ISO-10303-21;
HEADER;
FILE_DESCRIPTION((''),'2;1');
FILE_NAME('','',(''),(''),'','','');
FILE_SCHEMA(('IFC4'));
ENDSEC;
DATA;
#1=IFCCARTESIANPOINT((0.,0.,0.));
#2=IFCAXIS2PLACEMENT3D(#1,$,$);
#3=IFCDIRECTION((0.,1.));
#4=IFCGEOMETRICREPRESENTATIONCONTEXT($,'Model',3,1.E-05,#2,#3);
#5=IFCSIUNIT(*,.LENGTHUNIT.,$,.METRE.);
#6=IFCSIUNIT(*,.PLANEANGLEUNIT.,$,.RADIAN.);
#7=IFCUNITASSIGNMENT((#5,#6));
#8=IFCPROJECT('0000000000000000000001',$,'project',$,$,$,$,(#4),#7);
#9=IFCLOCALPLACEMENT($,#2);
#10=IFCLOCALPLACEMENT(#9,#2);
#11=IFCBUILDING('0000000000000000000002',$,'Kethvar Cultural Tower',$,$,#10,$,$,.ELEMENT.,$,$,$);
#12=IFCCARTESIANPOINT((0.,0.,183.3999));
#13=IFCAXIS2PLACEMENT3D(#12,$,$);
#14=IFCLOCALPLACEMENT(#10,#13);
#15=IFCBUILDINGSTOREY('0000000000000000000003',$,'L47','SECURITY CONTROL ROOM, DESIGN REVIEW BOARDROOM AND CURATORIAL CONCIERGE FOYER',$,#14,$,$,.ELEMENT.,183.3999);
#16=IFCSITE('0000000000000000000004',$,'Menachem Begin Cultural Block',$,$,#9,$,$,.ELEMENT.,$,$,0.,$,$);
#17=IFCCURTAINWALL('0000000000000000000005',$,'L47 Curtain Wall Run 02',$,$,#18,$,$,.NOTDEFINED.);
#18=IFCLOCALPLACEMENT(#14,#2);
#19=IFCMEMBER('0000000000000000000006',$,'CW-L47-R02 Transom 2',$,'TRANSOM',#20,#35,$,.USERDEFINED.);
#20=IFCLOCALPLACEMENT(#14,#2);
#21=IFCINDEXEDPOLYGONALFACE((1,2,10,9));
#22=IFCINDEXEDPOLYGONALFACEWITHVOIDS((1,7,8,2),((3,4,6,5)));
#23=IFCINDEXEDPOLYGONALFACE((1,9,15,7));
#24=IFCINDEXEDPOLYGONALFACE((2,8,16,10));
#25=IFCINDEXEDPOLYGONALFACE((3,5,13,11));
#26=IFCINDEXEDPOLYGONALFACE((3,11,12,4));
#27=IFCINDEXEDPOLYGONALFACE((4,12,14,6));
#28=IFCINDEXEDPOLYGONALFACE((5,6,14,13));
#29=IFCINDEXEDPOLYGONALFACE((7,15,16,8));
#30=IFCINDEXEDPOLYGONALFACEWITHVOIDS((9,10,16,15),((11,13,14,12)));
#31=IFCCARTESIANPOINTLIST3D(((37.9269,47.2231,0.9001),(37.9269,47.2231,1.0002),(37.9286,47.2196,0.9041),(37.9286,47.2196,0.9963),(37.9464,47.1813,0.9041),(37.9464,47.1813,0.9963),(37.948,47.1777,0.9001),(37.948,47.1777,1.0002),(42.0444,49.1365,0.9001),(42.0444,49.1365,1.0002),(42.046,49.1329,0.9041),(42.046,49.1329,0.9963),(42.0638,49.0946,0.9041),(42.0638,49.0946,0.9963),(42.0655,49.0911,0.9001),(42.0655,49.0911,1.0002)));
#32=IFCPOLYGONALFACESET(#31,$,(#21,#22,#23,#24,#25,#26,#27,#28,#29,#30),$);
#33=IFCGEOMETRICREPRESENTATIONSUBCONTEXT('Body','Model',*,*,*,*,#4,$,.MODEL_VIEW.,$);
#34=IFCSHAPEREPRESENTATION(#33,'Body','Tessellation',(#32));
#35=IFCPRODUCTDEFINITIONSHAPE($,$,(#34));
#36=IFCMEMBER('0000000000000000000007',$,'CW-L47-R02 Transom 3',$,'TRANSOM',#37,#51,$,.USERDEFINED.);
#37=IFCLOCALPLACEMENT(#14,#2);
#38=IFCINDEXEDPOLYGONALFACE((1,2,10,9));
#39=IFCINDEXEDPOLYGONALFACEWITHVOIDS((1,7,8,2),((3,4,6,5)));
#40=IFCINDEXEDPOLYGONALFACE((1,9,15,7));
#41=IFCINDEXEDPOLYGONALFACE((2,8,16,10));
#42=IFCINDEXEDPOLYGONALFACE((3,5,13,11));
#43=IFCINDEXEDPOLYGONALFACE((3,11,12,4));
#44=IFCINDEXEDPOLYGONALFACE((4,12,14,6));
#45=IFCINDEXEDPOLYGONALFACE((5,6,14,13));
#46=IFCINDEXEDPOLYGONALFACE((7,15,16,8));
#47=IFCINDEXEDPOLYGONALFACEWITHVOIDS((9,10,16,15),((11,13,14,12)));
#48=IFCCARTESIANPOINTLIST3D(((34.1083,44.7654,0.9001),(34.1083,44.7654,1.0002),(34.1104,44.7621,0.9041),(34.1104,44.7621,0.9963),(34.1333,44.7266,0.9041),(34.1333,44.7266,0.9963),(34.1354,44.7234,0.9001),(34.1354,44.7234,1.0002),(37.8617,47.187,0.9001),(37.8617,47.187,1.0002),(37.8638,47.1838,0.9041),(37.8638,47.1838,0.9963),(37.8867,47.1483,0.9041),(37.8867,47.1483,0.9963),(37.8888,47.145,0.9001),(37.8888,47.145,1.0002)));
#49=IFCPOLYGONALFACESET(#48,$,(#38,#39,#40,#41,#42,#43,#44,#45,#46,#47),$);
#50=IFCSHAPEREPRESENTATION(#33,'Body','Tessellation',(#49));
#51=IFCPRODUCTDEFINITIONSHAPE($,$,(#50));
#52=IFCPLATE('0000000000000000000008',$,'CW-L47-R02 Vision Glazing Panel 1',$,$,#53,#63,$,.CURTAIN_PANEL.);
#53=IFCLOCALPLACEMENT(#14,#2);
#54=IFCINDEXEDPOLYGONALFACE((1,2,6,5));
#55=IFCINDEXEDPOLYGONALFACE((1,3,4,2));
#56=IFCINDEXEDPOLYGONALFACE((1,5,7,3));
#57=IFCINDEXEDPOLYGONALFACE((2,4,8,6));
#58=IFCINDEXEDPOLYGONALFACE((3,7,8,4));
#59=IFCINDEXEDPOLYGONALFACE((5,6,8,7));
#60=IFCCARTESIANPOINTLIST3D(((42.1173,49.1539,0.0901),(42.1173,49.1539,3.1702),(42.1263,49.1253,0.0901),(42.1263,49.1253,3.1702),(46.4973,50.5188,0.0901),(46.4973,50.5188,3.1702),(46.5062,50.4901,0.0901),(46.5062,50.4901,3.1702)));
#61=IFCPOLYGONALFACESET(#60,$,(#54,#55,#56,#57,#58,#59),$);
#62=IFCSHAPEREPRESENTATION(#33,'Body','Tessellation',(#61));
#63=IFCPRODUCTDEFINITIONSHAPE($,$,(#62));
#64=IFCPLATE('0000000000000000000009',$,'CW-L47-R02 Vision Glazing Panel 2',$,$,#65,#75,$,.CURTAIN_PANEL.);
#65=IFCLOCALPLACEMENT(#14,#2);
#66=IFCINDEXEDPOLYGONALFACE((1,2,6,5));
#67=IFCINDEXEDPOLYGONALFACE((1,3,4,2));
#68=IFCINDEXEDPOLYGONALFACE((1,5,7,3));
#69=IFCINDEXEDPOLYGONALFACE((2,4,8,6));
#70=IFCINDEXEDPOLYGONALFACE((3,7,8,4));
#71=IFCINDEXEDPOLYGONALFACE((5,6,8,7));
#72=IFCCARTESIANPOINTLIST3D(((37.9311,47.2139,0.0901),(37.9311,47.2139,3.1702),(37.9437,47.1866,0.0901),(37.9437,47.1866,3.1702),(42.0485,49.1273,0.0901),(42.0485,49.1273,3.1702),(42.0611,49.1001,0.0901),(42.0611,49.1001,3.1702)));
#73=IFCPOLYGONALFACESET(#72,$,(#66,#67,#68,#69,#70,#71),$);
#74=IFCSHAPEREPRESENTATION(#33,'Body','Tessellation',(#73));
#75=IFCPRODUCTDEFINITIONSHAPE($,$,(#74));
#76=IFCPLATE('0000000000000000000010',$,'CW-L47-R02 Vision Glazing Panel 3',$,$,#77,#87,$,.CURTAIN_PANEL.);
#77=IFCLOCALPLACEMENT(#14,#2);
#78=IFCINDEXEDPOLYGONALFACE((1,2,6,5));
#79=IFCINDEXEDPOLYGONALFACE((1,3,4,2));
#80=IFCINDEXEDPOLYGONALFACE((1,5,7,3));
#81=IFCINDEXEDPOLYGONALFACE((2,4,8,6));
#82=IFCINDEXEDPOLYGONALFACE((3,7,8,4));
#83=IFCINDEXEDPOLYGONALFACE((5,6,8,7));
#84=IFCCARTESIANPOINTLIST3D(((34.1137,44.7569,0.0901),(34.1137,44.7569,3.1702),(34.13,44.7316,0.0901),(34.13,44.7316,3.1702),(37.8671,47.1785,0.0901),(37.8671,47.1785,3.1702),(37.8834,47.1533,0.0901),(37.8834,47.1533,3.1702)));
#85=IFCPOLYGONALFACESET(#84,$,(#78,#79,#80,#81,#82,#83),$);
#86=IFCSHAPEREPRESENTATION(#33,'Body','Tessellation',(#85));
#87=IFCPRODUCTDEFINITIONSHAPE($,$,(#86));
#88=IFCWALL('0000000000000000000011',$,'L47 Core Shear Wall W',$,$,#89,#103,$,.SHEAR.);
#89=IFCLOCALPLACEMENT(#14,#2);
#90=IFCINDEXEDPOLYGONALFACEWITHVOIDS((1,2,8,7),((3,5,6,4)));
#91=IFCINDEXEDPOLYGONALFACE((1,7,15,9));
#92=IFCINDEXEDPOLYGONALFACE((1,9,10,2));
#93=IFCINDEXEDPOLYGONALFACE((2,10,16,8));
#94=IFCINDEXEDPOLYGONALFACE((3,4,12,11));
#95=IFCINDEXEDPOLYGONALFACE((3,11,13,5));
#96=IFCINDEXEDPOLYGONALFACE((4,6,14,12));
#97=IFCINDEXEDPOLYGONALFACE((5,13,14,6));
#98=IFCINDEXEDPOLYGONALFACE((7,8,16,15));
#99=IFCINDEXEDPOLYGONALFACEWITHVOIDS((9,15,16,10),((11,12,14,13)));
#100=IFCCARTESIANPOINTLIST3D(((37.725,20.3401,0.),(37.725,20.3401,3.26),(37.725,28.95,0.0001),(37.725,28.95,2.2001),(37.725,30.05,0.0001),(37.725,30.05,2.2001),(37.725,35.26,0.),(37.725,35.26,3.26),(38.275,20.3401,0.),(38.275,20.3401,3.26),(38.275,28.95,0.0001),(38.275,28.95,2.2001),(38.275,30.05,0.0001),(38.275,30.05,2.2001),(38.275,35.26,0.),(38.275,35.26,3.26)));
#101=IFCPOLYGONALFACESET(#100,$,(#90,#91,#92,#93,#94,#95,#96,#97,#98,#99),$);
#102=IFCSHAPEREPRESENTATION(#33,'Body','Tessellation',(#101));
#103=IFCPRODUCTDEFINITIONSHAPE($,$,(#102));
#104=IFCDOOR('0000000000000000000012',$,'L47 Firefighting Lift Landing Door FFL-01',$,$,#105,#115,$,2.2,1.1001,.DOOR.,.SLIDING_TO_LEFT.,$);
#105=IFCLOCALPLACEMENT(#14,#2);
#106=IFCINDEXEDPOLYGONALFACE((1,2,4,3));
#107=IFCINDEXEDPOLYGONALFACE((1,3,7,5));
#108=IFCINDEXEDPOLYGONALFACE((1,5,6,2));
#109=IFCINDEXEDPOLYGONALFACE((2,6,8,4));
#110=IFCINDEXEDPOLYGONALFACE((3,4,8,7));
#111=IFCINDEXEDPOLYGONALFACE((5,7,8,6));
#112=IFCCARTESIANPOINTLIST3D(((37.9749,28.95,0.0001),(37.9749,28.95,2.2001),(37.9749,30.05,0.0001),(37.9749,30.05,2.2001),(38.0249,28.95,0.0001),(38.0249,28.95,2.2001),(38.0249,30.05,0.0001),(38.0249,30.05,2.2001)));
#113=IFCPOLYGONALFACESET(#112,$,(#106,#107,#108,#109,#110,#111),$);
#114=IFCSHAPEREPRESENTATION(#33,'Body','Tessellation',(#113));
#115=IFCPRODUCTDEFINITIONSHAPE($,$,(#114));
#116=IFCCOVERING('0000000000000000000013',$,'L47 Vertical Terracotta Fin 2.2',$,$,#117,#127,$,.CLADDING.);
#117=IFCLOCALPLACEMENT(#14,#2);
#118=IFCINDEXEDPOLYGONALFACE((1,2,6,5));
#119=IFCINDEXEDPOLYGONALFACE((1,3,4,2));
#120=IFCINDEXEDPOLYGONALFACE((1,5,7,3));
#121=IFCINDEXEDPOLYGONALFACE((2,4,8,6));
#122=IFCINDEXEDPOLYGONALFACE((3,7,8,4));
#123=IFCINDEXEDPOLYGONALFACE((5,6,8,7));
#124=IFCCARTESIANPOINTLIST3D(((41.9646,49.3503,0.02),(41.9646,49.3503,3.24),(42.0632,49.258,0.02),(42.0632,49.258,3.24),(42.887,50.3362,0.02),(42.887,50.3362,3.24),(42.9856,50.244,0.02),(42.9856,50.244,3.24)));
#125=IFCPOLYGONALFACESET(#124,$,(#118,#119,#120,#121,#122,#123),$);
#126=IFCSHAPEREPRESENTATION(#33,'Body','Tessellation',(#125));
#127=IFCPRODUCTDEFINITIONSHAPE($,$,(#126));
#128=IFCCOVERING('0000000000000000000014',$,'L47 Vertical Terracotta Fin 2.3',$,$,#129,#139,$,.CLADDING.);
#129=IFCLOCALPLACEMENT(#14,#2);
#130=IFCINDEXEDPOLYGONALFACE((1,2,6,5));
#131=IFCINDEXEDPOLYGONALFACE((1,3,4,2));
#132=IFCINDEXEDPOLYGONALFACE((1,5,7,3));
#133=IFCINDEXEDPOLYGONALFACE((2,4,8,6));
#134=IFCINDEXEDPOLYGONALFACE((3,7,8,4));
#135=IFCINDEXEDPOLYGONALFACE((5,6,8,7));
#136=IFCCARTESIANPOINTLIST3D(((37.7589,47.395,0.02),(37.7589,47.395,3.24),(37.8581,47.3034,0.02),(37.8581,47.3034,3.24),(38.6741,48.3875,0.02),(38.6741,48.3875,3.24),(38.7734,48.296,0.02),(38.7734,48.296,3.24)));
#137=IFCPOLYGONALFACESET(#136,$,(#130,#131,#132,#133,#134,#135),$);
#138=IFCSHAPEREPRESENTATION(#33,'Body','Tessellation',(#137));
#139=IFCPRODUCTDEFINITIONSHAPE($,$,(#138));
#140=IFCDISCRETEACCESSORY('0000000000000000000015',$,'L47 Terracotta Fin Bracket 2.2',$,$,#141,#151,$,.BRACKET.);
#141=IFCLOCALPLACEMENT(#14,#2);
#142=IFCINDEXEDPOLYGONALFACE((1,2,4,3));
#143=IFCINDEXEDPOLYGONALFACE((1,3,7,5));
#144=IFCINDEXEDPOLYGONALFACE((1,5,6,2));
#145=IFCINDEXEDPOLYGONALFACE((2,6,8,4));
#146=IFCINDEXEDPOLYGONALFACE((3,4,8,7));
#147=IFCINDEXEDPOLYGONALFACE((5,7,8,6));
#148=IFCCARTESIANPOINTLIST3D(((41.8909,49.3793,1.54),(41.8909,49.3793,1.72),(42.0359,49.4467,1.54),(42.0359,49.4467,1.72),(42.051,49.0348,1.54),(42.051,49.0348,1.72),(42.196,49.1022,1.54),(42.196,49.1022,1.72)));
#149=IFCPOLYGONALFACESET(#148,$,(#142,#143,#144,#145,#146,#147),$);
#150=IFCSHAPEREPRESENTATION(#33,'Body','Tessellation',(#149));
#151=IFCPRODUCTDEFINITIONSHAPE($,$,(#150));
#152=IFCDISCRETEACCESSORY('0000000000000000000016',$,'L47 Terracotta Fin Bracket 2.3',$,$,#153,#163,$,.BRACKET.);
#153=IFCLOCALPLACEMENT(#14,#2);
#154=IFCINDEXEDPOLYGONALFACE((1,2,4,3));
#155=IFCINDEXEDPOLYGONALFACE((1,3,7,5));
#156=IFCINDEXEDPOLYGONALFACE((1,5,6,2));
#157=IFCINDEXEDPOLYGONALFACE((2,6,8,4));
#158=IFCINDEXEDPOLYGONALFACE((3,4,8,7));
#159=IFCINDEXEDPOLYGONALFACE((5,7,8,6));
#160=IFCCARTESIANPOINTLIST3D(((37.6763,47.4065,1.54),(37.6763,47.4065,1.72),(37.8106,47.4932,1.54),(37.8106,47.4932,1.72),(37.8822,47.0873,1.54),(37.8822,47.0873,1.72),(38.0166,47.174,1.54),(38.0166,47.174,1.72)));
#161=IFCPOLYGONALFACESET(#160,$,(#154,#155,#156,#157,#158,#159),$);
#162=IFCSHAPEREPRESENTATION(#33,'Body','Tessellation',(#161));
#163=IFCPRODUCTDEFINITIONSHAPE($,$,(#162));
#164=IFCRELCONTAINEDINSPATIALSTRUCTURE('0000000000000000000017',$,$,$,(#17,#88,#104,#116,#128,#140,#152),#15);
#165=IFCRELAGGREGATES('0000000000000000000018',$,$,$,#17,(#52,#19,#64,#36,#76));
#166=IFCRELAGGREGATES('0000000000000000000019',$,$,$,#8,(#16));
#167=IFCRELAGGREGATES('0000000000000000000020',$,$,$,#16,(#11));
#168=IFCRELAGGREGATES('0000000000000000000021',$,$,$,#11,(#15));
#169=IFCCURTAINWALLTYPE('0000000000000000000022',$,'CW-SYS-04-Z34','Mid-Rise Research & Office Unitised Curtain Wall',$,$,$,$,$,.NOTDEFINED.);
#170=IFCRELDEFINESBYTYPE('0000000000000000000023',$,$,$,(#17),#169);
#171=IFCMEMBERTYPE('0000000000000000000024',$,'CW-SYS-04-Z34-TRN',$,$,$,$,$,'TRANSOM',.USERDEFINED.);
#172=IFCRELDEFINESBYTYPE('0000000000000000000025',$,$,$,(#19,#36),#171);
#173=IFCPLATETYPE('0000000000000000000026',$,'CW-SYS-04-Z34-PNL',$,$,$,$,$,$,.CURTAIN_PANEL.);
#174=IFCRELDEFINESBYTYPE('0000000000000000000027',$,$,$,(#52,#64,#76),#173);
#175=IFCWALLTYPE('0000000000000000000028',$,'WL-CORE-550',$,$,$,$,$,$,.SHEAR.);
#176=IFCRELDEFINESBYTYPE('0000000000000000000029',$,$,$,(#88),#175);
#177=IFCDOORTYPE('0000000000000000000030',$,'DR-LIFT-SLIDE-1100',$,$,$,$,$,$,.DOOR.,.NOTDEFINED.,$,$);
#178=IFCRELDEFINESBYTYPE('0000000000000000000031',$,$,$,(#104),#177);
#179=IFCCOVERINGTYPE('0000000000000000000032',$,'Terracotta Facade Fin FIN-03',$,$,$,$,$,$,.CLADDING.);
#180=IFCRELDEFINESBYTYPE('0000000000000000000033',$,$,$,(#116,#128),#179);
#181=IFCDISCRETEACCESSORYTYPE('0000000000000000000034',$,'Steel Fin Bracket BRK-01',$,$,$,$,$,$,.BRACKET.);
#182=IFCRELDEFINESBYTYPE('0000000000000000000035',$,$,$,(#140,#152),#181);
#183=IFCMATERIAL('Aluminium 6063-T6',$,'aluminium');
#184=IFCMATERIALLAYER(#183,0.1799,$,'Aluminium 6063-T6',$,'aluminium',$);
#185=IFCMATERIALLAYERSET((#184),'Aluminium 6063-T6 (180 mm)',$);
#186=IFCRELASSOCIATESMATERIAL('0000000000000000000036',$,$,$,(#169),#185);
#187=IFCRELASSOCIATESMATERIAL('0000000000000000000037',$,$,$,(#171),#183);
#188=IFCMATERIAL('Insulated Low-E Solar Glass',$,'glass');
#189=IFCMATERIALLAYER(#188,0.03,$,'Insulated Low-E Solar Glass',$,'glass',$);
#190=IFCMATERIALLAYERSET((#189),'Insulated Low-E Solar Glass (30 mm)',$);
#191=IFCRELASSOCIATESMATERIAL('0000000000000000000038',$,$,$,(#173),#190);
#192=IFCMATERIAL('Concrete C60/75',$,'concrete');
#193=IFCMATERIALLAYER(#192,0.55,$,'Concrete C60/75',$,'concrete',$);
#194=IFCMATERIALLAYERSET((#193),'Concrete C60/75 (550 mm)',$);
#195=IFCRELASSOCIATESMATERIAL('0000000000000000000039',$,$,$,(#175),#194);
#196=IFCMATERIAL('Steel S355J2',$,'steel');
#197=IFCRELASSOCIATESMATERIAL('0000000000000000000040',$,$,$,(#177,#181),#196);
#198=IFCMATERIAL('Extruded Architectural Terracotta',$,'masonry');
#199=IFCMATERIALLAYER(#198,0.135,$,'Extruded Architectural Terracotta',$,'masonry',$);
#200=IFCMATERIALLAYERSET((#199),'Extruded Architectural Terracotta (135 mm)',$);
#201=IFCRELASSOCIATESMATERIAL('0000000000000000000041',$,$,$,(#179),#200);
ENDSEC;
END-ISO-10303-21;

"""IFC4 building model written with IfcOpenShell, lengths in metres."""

from ifc_helpers import new_model, si_unit, direction, frame, frame_2d, origin, origin_2d, place, context, subcontext, project, spatial, rectangle, hollow_rectangle, extrude, source, transform, mapped, material, layer, layer_set, material_profile, profile_set, type_object, element, fill, aggregate, save


model = new_model("IFC4")

# Units and contexts
model_context = context("Model", 3, precision=1e-05, world=origin(), true_north=direction((0.0, 1.0)))
body_context = subcontext(model_context, "Body", "Model", "MODEL_VIEW")
ifc_project = project(units=[si_unit("LENGTHUNIT", "METRE"), si_unit("PLANEANGLEUNIT", "RADIAN")], contexts=[model_context])

# Site, building, storey
site_placement = place(None, origin())
site = spatial("IfcSite", under=ifc_project, at=site_placement, Name="Menachem Begin Cultural Block", CompositionType="ELEMENT", RefElevation=0.0)
building_placement = place(site_placement, origin())
building = spatial("IfcBuilding", under=site, at=building_placement, Name="Kethvar Cultural Tower", CompositionType="ELEMENT")
storey_placement = place(building_placement, frame((0.0, 0.0, 183.3999)))
storey = spatial("IfcBuildingStorey", under=building, at=storey_placement, Name="L47", Description="SECURITY CONTROL ROOM, DESIGN REVIEW BOARDROOM AND CURATORIAL CONCIERGE FOYER", CompositionType="ELEMENT", Elevation=183.3999)

# Shared definitions
ifc_material_1 = material(Name="Steel S355J2", Category="steel")

# Curtain wall, members, plates
ifc_material_2 = material(Name="Aluminium 6063-T6", Category="aluminium")
ifc_layer_1 = layer(ifc_material_2, 0.1799, Name="Aluminium 6063-T6", Category="aluminium")
ifc_layer_set_1 = layer_set([ifc_layer_1], Name="Aluminium 6063-T6 (180 mm)")
curtain_wall_type = type_object("IfcCurtainWallType", Name="CW-SYS-04-Z34", Description="Mid-Rise Research & Office Unitised Curtain Wall", PredefinedType="NOTDEFINED", material=ifc_layer_set_1)
curtain_wall_placement = place(storey_placement, origin())
curtain_wall = element("IfcCurtainWall", 1, at=curtain_wall_placement, inside=storey, type_object=curtain_wall_type, Name="L47 Curtain Wall Run 02", PredefinedType="NOTDEFINED")
ifc_material_profile_1 = material_profile(ifc_material_2, hollow_rectangle(XDim=0.05, YDim=0.1001, WallThickness=0.0039, at=origin_2d()), Name="Aluminium 6063-T6 — RHS100x50x4")
ifc_profile_set_1 = profile_set([ifc_material_profile_1], Name="Aluminium 6063-T6 — RHS100x50x4")
member_type_1 = type_object("IfcMemberType", Name="CW-SYS-04-Z34-TRN", ElementType="TRANSOM", PredefinedType="USERDEFINED", material=ifc_profile_set_1)
shared_shape_1 = source(origin(), body_context, "Body", "SweptSolid", [
    extrude(hollow_rectangle(XDim=0.05, YDim=0.1001, WallThickness=0.0039, at=origin_2d()), origin(), (0.0, 0.0, 1.0), 4.5403),
])
member_1_placement = place(storey_placement, frame((42.0549, 49.1138, 0.9502), z_axis=(-0.906869, -0.421413, 0.0), x_axis=(0.421413, -0.906869, 0.0)))
member_1 = element("IfcMember", 2, at=member_1_placement, type_object=member_type_1, Name="CW-L47-R02 Transom 2", ObjectType="TRANSOM", PredefinedType="USERDEFINED", context=body_context, shape_type="MappedRepresentation", body=[
    mapped(shared_shape_1, transform((0.0, 0.0, 0.0), scale=1.0)),
])
shared_shape_2 = source(origin(), body_context, "Body", "SweptSolid", [
    extrude(hollow_rectangle(XDim=0.05, YDim=0.1001, WallThickness=0.0039, at=origin_2d()), origin(), (0.0, 0.0, 1.0), 4.4668),
])
member_2_placement = place(storey_placement, frame((37.8752, 47.166, 0.9502), z_axis=(-0.840289, -0.542138, 0.0), x_axis=(0.542138, -0.840289, 0.0)))
member_2 = element("IfcMember", 3, at=member_2_placement, type_object=member_type_1, Name="CW-L47-R02 Transom 3", ObjectType="TRANSOM", PredefinedType="USERDEFINED", context=body_context, shape_type="MappedRepresentation", body=[
    mapped(shared_shape_2, transform((0.0, 0.0, 0.0), scale=1.0)),
])
ifc_material_3 = material(Name="Insulated Low-E Solar Glass", Category="glass")
ifc_layer_2 = layer(ifc_material_3, 0.03, Name="Insulated Low-E Solar Glass", Category="glass")
ifc_layer_set_2 = layer_set([ifc_layer_2], Name="Insulated Low-E Solar Glass (30 mm)")
plate_type = type_object("IfcPlateType", Name="CW-SYS-04-Z34-PNL", PredefinedType="CURTAIN_PANEL", material=ifc_layer_set_2)
shared_shape_3 = source(origin(), body_context, "Body", "SweptSolid", [
    extrude(rectangle(XDim=4.5876, YDim=0.03, at=origin_2d()), origin(), (0.0, 0.0, 1.0), 3.0801),
])
plate_1_placement = place(storey_placement, frame((44.3118, 49.822, 0.0901), z_axis=(0.0, 0.0, 1.0), x_axis=(-0.954719, -0.297508, 0.0)))
plate_1 = element("IfcPlate", 4, at=plate_1_placement, type_object=plate_type, Name="CW-L47-R02 Vision Glazing Panel 1", PredefinedType="CURTAIN_PANEL", context=body_context, shape_type="MappedRepresentation", body=[
    mapped(shared_shape_3, transform((0.0, 0.0, 0.0), scale=1.0)),
])
shared_shape_4 = source(origin(), body_context, "Body", "SweptSolid", [
    extrude(rectangle(XDim=4.5403, YDim=0.03, at=origin_2d()), origin(), (0.0, 0.0, 1.0), 3.0801),
])
plate_2_placement = place(storey_placement, frame((39.9961, 48.157, 0.0901), z_axis=(0.0, 0.0, 1.0), x_axis=(-0.906853, -0.421447, 0.0)))
plate_2 = element("IfcPlate", 5, at=plate_2_placement, type_object=plate_type, Name="CW-L47-R02 Vision Glazing Panel 2", PredefinedType="CURTAIN_PANEL", context=body_context, shape_type="MappedRepresentation", body=[
    mapped(shared_shape_4, transform((0.0, 0.0, 0.0), scale=1.0)),
])
shared_shape_5 = source(origin(), body_context, "Body", "SweptSolid", [
    extrude(rectangle(XDim=4.4668, YDim=0.03, at=origin_2d()), origin(), (0.0, 0.0, 1.0), 3.0801),
])
plate_3_placement = place(storey_placement, frame((35.9985, 45.9551, 0.0901), z_axis=(0.0, 0.0, 1.0), x_axis=(-0.840283, -0.542148, 0.0)))
plate_3 = element("IfcPlate", 6, at=plate_3_placement, type_object=plate_type, Name="CW-L47-R02 Vision Glazing Panel 3", PredefinedType="CURTAIN_PANEL", context=body_context, shape_type="MappedRepresentation", body=[
    mapped(shared_shape_5, transform((0.0, 0.0, 0.0), scale=1.0)),
])
aggregate(curtain_wall, [plate_1, member_1, plate_2, member_2, plate_3])

# Wall, opening, door
ifc_material_4 = material(Name="Concrete C60/75", Category="concrete")
ifc_layer_3 = layer(ifc_material_4, 0.55, Name="Concrete C60/75", Category="concrete")
ifc_layer_set_3 = layer_set([ifc_layer_3], Name="Concrete C60/75 (550 mm)")
wall_type = type_object("IfcWallType", Name="WL-CORE-550", PredefinedType="SHEAR", material=ifc_layer_set_3)
wall_placement = place(storey_placement, frame((38.0, 35.26, 0.0), z_axis=(0.0, 0.0, 1.0), x_axis=(0.0, -1.0, 0.0)))
wall = element("IfcWall", 7, at=wall_placement, inside=storey, type_object=wall_type, Name="L47 Core Shear Wall W", PredefinedType="SHEAR", context=body_context, shape_type="SweptSolid", body=[
    extrude(rectangle(XDim=14.9199, YDim=0.55, at=frame_2d((7.46, 0.0))), origin(), (0.0, 0.0, 1.0), 3.26),
])
opening_placement = place(wall_placement, frame((5.21, 0.0, 0.0)))
opening = element("IfcOpeningElement", 8, at=opening_placement, cuts=wall, PredefinedType="OPENING", context=body_context, shape_type="SweptSolid", body=[
    extrude(rectangle(XDim=1.1001, YDim=2.2, at=frame_2d((0.55, 1.1001))), frame((0.0, 0.2849, 0.0), z_axis=(0.0, -1.0, 0.0), x_axis=(1.0, 0.0, 0.0)), (0.0, 0.0, 1.0), 0.5701),
])
door_type = type_object("IfcDoorType", Name="DR-LIFT-SLIDE-1100", OperationType="NOTDEFINED", PredefinedType="DOOR", material=ifc_material_1)
shared_shape_6 = source(origin(), body_context, "Body", "SweptSolid", [
    extrude(rectangle(XDim=1.1001, YDim=2.2, at=frame_2d((0.55, 1.1001))), frame((0.0, 0.0249, 0.0), z_axis=(0.0, -1.0, 0.0), x_axis=(1.0, 0.0, 0.0)), (0.0, 0.0, 1.0), 0.05),
])
door_placement = place(opening_placement, origin())
door = element("IfcDoor", 9, at=door_placement, inside=storey, type_object=door_type, Name="L47 Firefighting Lift Landing Door FFL-01", OperationType="SLIDING_TO_LEFT", OverallHeight=2.2, OverallWidth=1.1001, PredefinedType="DOOR", context=body_context, shape_type="MappedRepresentation", body=[
    mapped(shared_shape_6, transform((0.0, 0.0, 0.0), scale=1.0)),
])
fill(opening, door)

# Coverings
ifc_material_5 = material(Name="Extruded Architectural Terracotta", Category="masonry")
ifc_layer_4 = layer(ifc_material_5, 0.135, Name="Extruded Architectural Terracotta", Category="masonry")
ifc_layer_set_4 = layer_set([ifc_layer_4], Name="Extruded Architectural Terracotta (135 mm)")
covering_type = type_object("IfcCoveringType", Name="Terracotta Facade Fin FIN-03", PredefinedType="CLADDING", material=ifc_layer_set_4)
shared_shape_7 = source(origin(), body_context, "Body", "SweptSolid", [
    extrude(rectangle(XDim=1.3501, YDim=0.135, at=origin_2d()), origin(), (0.0, 0.0, 1.0), 3.22),
])
for number, where, z_axis, x_axis, name in (
    (10, (42.4751, 49.7971, 0.02), (0.0, 0.0, 1.0), (0.683146, 0.730282, 0.0), "L47 Vertical Terracotta Fin 2.2"),
    (11, (38.2661, 47.8455, 0.02), (0.0, 0.0, 1.0), (0.677903, 0.735151, 0.0), "L47 Vertical Terracotta Fin 2.3"),
):
    element("IfcCovering", number, at=place(storey_placement, frame(where, z_axis=z_axis, x_axis=x_axis)), inside=storey, type_object=covering_type, Name=name, PredefinedType="CLADDING", context=body_context, shape_type="MappedRepresentation", body=[
        mapped(shared_shape_7, transform((0.0, 0.0, 0.0), scale=1.0)),
    ])

# Discrete accessories
discrete_accessory_type = type_object("IfcDiscreteAccessoryType", Name="Steel Fin Bracket BRK-01", PredefinedType="BRACKET", material=ifc_material_1)
shared_shape_8 = source(origin(), body_context, "Body", "SweptSolid", [
    extrude(rectangle(XDim=0.3799, YDim=0.1599, at=origin_2d()), origin(), (0.0, 0.0, 1.0), 0.1799),
])
for number, where, z_axis, x_axis, name in (
    (12, (42.0435, 49.2407, 1.54), (0.0, 0.0, 1.0), (-0.421511, 0.906823, 0.0), "L47 Terracotta Fin Bracket 2.2"),
    (13, (37.8464, 47.2903, 1.54), (0.0, 0.0, 1.0), (-0.542148, 0.840283, 0.0), "L47 Terracotta Fin Bracket 2.3"),
):
    element("IfcDiscreteAccessory", number, at=place(storey_placement, frame(where, z_axis=z_axis, x_axis=x_axis)), inside=storey, type_object=discrete_accessory_type, Name=name, PredefinedType="BRACKET", context=body_context, shape_type="MappedRepresentation", body=[
        mapped(shared_shape_8, transform((0.0, 0.0, 0.0), scale=1.0)),
    ])

save(model, "model.ifc")
